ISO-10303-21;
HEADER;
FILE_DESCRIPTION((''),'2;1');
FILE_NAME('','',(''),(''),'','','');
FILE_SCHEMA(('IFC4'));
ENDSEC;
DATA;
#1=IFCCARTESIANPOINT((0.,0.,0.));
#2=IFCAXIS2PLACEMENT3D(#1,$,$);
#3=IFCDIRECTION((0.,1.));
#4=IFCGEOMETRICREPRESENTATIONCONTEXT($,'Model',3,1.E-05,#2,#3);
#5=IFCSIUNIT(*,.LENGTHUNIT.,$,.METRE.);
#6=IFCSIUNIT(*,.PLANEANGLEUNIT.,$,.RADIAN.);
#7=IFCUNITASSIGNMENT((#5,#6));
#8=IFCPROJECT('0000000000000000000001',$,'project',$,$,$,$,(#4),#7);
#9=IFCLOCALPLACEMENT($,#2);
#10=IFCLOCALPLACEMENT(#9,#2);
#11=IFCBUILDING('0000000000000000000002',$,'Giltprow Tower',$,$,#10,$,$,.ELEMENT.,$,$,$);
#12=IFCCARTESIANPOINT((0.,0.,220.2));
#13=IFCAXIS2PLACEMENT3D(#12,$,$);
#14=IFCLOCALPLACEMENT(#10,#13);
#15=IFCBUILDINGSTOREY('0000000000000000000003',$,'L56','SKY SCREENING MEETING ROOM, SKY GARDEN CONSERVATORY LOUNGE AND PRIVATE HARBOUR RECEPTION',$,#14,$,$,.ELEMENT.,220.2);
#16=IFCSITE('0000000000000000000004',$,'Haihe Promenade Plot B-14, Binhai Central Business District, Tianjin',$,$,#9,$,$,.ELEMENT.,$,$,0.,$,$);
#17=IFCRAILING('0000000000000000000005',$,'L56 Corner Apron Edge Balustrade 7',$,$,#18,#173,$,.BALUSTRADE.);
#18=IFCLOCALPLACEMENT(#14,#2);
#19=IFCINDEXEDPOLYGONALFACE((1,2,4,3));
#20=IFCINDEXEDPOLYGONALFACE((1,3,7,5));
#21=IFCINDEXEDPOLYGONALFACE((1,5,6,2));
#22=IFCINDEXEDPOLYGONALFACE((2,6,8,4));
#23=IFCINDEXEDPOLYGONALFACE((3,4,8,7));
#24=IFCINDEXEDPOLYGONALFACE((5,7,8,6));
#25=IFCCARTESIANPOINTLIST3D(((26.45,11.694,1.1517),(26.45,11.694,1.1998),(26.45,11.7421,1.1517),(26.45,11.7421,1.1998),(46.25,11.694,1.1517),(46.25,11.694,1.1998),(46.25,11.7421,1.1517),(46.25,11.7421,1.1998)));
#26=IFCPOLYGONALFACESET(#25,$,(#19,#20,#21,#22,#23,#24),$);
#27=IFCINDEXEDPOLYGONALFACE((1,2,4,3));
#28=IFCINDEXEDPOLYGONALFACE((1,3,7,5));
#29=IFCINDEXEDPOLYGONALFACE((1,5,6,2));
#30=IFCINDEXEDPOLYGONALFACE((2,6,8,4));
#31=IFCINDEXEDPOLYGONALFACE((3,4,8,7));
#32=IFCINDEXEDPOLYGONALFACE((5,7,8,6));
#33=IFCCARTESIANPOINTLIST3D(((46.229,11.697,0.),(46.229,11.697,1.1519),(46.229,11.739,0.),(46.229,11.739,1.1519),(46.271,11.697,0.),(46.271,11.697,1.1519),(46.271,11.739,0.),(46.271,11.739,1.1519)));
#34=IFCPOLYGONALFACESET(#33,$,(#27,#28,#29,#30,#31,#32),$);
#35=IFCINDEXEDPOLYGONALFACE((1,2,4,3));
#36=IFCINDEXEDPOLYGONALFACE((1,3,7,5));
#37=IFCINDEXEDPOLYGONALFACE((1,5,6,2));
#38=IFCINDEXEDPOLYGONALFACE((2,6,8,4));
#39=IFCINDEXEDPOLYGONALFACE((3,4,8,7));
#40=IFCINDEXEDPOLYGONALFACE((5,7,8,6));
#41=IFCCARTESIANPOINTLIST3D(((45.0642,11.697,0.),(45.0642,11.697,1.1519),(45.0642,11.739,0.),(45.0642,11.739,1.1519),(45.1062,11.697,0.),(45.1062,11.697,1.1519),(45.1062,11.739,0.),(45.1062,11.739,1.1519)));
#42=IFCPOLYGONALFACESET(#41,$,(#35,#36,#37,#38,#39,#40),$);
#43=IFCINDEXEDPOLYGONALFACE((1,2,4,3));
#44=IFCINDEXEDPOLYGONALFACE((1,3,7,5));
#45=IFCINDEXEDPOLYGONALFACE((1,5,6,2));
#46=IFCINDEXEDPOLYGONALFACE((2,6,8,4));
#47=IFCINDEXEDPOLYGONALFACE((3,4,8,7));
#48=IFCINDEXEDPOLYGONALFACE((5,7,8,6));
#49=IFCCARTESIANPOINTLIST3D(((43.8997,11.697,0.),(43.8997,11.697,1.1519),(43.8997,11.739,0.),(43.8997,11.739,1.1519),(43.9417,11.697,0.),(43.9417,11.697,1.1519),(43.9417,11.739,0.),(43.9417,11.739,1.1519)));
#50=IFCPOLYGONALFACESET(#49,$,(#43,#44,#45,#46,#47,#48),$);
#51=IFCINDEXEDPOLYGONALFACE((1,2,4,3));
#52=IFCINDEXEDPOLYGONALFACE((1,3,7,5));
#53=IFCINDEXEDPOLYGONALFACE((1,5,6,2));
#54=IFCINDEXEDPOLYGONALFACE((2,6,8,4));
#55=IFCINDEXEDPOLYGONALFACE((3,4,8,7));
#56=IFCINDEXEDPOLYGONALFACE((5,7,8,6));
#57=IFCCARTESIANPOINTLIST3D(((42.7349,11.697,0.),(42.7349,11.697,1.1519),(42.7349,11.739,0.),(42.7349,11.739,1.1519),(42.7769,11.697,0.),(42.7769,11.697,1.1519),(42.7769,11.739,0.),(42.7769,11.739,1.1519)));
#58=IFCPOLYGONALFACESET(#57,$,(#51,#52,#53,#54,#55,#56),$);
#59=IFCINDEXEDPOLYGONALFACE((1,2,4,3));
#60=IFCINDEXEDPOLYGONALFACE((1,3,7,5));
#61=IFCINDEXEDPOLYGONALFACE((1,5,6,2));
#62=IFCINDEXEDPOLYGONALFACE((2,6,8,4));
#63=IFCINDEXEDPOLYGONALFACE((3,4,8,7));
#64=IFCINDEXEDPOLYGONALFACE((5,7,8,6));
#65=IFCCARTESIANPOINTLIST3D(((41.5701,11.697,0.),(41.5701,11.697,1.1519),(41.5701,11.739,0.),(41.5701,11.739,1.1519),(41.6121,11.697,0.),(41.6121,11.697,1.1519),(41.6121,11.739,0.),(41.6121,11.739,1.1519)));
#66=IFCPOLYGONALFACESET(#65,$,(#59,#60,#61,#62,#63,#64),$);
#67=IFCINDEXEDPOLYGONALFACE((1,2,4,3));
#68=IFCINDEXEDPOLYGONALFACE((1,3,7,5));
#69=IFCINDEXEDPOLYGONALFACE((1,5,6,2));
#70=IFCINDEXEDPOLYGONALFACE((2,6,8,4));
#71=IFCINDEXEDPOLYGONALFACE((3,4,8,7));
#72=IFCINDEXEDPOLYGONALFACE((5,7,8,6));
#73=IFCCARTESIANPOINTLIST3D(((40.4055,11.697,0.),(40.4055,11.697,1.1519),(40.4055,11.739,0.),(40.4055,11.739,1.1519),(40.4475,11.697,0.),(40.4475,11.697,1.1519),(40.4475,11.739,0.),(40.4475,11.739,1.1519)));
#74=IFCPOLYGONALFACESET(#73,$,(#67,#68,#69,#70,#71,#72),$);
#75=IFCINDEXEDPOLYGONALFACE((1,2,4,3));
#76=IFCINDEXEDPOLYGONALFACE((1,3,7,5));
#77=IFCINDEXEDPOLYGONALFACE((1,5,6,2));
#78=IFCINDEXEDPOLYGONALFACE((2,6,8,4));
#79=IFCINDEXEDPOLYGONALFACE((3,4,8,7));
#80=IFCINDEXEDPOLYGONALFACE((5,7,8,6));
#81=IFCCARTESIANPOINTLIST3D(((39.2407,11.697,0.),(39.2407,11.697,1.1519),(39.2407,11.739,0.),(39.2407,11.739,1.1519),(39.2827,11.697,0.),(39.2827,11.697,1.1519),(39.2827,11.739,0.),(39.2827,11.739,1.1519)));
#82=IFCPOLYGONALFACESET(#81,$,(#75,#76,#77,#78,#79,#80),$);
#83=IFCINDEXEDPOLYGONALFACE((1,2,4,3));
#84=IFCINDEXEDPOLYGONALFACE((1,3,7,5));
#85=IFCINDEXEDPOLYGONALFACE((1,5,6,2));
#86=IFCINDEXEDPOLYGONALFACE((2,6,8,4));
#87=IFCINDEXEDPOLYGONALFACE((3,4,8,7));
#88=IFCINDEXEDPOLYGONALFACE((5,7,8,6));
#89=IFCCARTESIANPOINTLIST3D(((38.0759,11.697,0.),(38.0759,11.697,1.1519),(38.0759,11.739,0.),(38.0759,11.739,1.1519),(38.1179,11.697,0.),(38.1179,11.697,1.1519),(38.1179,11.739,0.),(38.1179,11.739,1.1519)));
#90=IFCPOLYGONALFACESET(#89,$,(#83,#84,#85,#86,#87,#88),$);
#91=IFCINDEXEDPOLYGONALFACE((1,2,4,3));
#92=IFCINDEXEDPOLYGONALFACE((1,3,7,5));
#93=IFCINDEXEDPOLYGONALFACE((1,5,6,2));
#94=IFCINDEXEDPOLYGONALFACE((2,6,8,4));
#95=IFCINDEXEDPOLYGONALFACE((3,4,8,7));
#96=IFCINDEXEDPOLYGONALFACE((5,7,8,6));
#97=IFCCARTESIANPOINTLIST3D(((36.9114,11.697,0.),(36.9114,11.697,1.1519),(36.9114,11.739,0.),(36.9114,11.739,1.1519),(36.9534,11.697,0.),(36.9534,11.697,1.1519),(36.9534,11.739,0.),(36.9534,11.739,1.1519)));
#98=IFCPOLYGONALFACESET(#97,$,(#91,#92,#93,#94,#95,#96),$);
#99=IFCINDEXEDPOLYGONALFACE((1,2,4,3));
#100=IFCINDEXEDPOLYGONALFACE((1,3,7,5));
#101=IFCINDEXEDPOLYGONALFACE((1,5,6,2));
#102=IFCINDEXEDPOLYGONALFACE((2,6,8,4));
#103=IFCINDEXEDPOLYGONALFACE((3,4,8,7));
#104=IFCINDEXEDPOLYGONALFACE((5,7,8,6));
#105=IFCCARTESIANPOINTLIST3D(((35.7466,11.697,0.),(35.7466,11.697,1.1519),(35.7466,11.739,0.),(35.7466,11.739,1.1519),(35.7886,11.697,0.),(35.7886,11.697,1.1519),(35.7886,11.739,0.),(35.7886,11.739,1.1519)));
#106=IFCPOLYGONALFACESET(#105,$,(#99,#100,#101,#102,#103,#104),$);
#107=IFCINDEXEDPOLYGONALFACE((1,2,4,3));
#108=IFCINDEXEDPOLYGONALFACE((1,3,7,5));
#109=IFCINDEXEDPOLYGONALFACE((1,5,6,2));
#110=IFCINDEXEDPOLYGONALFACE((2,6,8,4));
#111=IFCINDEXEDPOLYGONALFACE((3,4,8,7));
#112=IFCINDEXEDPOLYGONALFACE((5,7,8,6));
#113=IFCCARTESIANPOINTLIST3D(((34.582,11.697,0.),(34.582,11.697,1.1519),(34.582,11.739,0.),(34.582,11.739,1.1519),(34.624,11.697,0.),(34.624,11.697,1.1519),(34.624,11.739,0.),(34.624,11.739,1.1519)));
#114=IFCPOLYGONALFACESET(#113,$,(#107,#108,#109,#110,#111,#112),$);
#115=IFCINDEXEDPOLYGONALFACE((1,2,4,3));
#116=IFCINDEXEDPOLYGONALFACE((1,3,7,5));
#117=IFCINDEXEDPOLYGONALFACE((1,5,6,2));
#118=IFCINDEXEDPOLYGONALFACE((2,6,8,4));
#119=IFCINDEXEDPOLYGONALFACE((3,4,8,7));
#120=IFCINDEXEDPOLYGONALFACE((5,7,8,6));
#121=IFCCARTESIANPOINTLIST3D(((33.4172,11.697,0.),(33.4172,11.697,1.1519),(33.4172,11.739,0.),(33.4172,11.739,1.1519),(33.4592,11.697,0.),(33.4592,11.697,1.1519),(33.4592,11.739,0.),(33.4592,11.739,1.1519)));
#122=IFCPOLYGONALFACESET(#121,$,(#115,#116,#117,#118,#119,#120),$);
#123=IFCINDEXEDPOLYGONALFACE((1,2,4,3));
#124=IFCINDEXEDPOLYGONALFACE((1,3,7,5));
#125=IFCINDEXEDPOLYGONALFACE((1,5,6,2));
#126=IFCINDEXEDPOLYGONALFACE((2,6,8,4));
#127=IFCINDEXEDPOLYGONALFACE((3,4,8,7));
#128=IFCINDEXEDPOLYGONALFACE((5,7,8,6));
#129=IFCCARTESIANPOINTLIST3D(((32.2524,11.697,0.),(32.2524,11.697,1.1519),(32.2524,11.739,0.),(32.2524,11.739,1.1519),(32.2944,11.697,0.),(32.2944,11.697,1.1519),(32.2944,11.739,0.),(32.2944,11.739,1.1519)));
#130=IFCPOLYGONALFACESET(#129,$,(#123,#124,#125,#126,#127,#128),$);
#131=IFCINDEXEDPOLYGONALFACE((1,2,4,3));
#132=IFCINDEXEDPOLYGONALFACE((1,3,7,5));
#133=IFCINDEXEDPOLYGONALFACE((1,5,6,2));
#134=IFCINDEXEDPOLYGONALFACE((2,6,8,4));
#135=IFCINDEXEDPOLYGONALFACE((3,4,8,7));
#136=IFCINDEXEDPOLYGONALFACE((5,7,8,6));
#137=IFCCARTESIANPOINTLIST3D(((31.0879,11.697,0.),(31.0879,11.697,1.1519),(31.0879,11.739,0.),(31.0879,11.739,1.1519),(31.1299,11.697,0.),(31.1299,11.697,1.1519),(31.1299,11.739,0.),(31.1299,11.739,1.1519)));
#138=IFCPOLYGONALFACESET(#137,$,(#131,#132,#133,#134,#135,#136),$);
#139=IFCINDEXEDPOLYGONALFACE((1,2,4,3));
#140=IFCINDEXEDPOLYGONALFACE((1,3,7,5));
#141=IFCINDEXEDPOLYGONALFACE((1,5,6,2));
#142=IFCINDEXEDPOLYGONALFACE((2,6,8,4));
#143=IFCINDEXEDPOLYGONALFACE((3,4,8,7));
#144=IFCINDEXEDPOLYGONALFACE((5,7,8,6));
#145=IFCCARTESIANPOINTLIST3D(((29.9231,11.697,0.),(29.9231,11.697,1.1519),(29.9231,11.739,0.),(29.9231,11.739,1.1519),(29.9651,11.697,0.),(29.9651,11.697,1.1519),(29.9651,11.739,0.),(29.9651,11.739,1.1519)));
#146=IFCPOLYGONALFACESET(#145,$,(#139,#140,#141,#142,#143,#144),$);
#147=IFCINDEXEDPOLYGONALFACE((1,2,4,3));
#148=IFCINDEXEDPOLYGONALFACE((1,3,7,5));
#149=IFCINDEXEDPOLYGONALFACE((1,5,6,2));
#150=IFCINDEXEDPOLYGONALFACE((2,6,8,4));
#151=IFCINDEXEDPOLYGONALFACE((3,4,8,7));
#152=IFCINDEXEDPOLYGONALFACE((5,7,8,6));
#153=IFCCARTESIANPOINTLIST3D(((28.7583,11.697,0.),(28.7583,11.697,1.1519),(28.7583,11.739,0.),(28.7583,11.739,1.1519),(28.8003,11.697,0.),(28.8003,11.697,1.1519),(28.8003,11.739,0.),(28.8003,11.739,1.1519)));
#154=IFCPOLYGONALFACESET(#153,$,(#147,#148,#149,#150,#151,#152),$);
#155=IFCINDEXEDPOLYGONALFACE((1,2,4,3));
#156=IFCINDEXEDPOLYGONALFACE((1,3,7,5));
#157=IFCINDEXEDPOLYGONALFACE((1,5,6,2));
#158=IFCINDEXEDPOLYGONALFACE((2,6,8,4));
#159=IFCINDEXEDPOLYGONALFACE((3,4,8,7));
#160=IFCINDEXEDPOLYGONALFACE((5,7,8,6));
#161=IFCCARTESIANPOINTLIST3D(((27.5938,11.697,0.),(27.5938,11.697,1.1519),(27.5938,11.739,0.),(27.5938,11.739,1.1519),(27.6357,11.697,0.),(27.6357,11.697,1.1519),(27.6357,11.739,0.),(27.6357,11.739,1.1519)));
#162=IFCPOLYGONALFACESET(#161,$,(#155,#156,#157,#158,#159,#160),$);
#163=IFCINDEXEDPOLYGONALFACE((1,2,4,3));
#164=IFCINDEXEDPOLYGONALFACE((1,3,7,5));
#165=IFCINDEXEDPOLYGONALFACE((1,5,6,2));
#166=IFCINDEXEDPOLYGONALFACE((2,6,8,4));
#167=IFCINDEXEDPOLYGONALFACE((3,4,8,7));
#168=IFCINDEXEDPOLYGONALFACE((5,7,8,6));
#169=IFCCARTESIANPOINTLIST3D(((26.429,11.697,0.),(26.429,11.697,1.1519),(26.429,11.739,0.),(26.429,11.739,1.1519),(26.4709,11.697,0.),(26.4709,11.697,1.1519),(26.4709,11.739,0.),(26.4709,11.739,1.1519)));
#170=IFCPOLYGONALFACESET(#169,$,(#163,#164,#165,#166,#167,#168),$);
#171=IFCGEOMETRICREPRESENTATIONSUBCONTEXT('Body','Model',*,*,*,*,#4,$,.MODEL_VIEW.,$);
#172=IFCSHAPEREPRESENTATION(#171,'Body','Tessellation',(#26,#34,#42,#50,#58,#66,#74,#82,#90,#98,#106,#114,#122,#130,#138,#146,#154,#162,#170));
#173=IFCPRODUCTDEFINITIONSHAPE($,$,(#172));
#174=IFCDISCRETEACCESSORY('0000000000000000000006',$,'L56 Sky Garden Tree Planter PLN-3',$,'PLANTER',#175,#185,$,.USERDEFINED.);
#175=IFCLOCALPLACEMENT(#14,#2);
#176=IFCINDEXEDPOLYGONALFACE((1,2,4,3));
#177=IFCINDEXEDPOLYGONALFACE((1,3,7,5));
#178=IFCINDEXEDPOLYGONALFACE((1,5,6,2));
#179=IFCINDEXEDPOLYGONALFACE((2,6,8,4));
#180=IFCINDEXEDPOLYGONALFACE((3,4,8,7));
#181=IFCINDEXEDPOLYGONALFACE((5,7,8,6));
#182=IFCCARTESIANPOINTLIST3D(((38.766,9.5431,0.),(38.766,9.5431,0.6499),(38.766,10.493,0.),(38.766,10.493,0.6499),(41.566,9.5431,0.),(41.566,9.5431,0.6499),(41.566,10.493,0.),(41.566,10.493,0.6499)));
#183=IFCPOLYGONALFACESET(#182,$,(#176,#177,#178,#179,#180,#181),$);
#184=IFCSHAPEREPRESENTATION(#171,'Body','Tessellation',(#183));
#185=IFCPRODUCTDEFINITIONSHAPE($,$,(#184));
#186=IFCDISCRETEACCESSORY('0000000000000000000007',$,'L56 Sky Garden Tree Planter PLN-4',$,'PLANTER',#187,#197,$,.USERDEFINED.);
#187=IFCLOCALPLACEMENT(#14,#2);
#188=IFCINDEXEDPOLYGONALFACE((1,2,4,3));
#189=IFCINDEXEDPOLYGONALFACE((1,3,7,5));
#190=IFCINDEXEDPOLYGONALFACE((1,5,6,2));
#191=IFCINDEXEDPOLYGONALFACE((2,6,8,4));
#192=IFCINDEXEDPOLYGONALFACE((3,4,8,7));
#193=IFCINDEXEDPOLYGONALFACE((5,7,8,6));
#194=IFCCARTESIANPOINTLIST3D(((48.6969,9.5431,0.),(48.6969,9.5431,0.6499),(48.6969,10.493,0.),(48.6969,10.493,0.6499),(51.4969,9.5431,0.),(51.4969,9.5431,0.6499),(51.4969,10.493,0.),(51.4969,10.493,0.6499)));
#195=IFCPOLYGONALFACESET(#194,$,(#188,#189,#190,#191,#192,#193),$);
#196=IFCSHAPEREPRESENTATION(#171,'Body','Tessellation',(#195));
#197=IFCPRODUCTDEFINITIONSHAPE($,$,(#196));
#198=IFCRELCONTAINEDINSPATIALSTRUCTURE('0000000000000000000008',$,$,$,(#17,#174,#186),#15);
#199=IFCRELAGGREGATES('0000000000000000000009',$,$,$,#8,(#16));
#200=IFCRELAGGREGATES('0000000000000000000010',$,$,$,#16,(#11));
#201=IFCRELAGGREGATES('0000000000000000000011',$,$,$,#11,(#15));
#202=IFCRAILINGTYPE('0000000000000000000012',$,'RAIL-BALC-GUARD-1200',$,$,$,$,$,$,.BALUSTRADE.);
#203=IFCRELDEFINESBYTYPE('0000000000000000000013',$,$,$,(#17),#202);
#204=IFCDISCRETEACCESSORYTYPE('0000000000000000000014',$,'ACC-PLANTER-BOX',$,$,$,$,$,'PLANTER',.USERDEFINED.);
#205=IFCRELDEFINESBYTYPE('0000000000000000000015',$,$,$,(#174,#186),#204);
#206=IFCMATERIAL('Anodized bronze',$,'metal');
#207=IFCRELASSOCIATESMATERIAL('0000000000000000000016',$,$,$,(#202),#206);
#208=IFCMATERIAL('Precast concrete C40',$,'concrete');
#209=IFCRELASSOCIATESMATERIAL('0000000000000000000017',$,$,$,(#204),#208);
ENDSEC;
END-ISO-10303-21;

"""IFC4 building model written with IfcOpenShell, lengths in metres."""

from ifc_helpers import new_model, si_unit, direction, frame, origin, origin_2d, place, context, subcontext, project, spatial, rectangle, extrude, source, transform, mapped, material, type_object, element, save


model = new_model("IFC4")

# Units and contexts
model_context = context("Model", 3, precision=1e-05, world=origin(), true_north=direction((0.0, 1.0)))
body_context = subcontext(model_context, "Body", "Model", "MODEL_VIEW")
ifc_project = project(units=[si_unit("LENGTHUNIT", "METRE"), si_unit("PLANEANGLEUNIT", "RADIAN")], contexts=[model_context])

# Site, building, storey
site_placement = place(None, origin())
site = spatial("IfcSite", under=ifc_project, at=site_placement, Name="Haihe Promenade Plot B-14, Binhai Central Business District, Tianjin", CompositionType="ELEMENT", RefElevation=0.0)
building_placement = place(site_placement, origin())
building = spatial("IfcBuilding", under=site, at=building_placement, Name="Giltprow Tower", CompositionType="ELEMENT")
storey_placement = place(building_placement, frame((0.0, 0.0, 220.2)))
storey = spatial("IfcBuildingStorey", under=building, at=storey_placement, Name="L56", Description="SKY SCREENING MEETING ROOM, SKY GARDEN CONSERVATORY LOUNGE AND PRIVATE HARBOUR RECEPTION", CompositionType="ELEMENT", Elevation=220.2)

# Shared definitions
ifc_material_1 = material(Name="Anodized bronze", Category="metal")

# Shared definitions
ifc_material_2 = material(Name="Precast concrete C40", Category="concrete")

# Railing
railing_type = type_object("IfcRailingType", Name="RAIL-BALC-GUARD-1200", PredefinedType="BALUSTRADE", material=ifc_material_1)
railing_placement = place(storey_placement, frame((46.25, 11.718, 0.0)))
element("IfcRailing", 1, at=railing_placement, inside=storey, type_object=railing_type, Name="L56 Corner Apron Edge Balustrade 7", PredefinedType="BALUSTRADE", context=body_context, shape_type="SweptSolid", body=[
    extrude(rectangle(XDim=0.0481, YDim=0.0481, at=origin_2d()), frame((0.0, 0.0, 1.1758), z_axis=(-1.0, 0.0, 0.0), x_axis=(0.0, -1.0, 0.0)), (0.0, 0.0, 1.0), 19.8),
    extrude(rectangle(XDim=0.042, YDim=0.042, at=origin_2d()), origin(), (0.0, 0.0, 1.0), 1.1519),
    extrude(rectangle(XDim=0.042, YDim=0.042, at=origin_2d()), frame((-1.1648, 0.0, 0.0)), (0.0, 0.0, 1.0), 1.1519),
    extrude(rectangle(XDim=0.042, YDim=0.042, at=origin_2d()), frame((-2.3293, 0.0, 0.0)), (0.0, 0.0, 1.0), 1.1519),
    extrude(rectangle(XDim=0.042, YDim=0.042, at=origin_2d()), frame((-3.4941, 0.0, 0.0)), (0.0, 0.0, 1.0), 1.1519),
    extrude(rectangle(XDim=0.042, YDim=0.042, at=origin_2d()), frame((-4.6589, 0.0, 0.0)), (0.0, 0.0, 1.0), 1.1519),
    extrude(rectangle(XDim=0.042, YDim=0.042, at=origin_2d()), frame((-5.8235, 0.0, 0.0)), (0.0, 0.0, 1.0), 1.1519),
    extrude(rectangle(XDim=0.042, YDim=0.042, at=origin_2d()), frame((-6.9883, 0.0, 0.0)), (0.0, 0.0, 1.0), 1.1519),
    extrude(rectangle(XDim=0.042, YDim=0.042, at=origin_2d()), frame((-8.1531, 0.0, 0.0)), (0.0, 0.0, 1.0), 1.1519),
    extrude(rectangle(XDim=0.042, YDim=0.042, at=origin_2d()), frame((-9.3176, 0.0, 0.0)), (0.0, 0.0, 1.0), 1.1519),
    extrude(rectangle(XDim=0.042, YDim=0.042, at=origin_2d()), frame((-10.4824, 0.0, 0.0)), (0.0, 0.0, 1.0), 1.1519),
    extrude(rectangle(XDim=0.042, YDim=0.042, at=origin_2d()), frame((-11.647, 0.0, 0.0)), (0.0, 0.0, 1.0), 1.1519),
    extrude(rectangle(XDim=0.042, YDim=0.042, at=origin_2d()), frame((-12.8118, 0.0, 0.0)), (0.0, 0.0, 1.0), 1.1519),
    extrude(rectangle(XDim=0.042, YDim=0.042, at=origin_2d()), frame((-13.9766, 0.0, 0.0)), (0.0, 0.0, 1.0), 1.1519),
    extrude(rectangle(XDim=0.042, YDim=0.042, at=origin_2d()), frame((-15.1411, 0.0, 0.0)), (0.0, 0.0, 1.0), 1.1519),
    extrude(rectangle(XDim=0.042, YDim=0.042, at=origin_2d()), frame((-16.3059, 0.0, 0.0)), (0.0, 0.0, 1.0), 1.1519),
    extrude(rectangle(XDim=0.042, YDim=0.042, at=origin_2d()), frame((-17.4707, 0.0, 0.0)), (0.0, 0.0, 1.0), 1.1519),
    extrude(rectangle(XDim=0.042, YDim=0.042, at=origin_2d()), frame((-18.6353, 0.0, 0.0)), (0.0, 0.0, 1.0), 1.1519),
    extrude(rectangle(XDim=0.042, YDim=0.042, at=origin_2d()), frame((-19.8, 0.0, 0.0)), (0.0, 0.0, 1.0), 1.1519),
])

# Discrete accessories
discrete_accessory_type = type_object("IfcDiscreteAccessoryType", Name="ACC-PLANTER-BOX", ElementType="PLANTER", PredefinedType="USERDEFINED", material=ifc_material_2)
shared_shape_1 = source(origin(), body_context, "Body", "SweptSolid", [
    extrude(rectangle(XDim=2.8, YDim=0.95, at=origin_2d()), origin(), (0.0, 0.0, 1.0), 0.6499),
])
for number, where, z_axis, x_axis, name in (
    (2, (40.166, 10.0181, 0.0), (0.0, 0.0, 1.0), (1.0, 0.0, 0.0), "L56 Sky Garden Tree Planter PLN-3"),
    (3, (50.0969, 10.0181, 0.0), (0.0, 0.0, 1.0), (1.0, 0.0, 0.0), "L56 Sky Garden Tree Planter PLN-4"),
):
    element("IfcDiscreteAccessory", number, at=place(storey_placement, frame(where, z_axis=z_axis, x_axis=x_axis)), inside=storey, type_object=discrete_accessory_type, Name=name, ObjectType="PLANTER", PredefinedType="USERDEFINED", context=body_context, shape_type="MappedRepresentation", body=[
        mapped(shared_shape_1, transform((0.0, 0.0, 0.0), x_axis=(1.0, 0.0, 0.0), y_axis=(0.0, 1.0, 0.0), z_axis=(0.0, 0.0, 1.0), scale=1.0)),
    ])

save(model, "model.ifc")
